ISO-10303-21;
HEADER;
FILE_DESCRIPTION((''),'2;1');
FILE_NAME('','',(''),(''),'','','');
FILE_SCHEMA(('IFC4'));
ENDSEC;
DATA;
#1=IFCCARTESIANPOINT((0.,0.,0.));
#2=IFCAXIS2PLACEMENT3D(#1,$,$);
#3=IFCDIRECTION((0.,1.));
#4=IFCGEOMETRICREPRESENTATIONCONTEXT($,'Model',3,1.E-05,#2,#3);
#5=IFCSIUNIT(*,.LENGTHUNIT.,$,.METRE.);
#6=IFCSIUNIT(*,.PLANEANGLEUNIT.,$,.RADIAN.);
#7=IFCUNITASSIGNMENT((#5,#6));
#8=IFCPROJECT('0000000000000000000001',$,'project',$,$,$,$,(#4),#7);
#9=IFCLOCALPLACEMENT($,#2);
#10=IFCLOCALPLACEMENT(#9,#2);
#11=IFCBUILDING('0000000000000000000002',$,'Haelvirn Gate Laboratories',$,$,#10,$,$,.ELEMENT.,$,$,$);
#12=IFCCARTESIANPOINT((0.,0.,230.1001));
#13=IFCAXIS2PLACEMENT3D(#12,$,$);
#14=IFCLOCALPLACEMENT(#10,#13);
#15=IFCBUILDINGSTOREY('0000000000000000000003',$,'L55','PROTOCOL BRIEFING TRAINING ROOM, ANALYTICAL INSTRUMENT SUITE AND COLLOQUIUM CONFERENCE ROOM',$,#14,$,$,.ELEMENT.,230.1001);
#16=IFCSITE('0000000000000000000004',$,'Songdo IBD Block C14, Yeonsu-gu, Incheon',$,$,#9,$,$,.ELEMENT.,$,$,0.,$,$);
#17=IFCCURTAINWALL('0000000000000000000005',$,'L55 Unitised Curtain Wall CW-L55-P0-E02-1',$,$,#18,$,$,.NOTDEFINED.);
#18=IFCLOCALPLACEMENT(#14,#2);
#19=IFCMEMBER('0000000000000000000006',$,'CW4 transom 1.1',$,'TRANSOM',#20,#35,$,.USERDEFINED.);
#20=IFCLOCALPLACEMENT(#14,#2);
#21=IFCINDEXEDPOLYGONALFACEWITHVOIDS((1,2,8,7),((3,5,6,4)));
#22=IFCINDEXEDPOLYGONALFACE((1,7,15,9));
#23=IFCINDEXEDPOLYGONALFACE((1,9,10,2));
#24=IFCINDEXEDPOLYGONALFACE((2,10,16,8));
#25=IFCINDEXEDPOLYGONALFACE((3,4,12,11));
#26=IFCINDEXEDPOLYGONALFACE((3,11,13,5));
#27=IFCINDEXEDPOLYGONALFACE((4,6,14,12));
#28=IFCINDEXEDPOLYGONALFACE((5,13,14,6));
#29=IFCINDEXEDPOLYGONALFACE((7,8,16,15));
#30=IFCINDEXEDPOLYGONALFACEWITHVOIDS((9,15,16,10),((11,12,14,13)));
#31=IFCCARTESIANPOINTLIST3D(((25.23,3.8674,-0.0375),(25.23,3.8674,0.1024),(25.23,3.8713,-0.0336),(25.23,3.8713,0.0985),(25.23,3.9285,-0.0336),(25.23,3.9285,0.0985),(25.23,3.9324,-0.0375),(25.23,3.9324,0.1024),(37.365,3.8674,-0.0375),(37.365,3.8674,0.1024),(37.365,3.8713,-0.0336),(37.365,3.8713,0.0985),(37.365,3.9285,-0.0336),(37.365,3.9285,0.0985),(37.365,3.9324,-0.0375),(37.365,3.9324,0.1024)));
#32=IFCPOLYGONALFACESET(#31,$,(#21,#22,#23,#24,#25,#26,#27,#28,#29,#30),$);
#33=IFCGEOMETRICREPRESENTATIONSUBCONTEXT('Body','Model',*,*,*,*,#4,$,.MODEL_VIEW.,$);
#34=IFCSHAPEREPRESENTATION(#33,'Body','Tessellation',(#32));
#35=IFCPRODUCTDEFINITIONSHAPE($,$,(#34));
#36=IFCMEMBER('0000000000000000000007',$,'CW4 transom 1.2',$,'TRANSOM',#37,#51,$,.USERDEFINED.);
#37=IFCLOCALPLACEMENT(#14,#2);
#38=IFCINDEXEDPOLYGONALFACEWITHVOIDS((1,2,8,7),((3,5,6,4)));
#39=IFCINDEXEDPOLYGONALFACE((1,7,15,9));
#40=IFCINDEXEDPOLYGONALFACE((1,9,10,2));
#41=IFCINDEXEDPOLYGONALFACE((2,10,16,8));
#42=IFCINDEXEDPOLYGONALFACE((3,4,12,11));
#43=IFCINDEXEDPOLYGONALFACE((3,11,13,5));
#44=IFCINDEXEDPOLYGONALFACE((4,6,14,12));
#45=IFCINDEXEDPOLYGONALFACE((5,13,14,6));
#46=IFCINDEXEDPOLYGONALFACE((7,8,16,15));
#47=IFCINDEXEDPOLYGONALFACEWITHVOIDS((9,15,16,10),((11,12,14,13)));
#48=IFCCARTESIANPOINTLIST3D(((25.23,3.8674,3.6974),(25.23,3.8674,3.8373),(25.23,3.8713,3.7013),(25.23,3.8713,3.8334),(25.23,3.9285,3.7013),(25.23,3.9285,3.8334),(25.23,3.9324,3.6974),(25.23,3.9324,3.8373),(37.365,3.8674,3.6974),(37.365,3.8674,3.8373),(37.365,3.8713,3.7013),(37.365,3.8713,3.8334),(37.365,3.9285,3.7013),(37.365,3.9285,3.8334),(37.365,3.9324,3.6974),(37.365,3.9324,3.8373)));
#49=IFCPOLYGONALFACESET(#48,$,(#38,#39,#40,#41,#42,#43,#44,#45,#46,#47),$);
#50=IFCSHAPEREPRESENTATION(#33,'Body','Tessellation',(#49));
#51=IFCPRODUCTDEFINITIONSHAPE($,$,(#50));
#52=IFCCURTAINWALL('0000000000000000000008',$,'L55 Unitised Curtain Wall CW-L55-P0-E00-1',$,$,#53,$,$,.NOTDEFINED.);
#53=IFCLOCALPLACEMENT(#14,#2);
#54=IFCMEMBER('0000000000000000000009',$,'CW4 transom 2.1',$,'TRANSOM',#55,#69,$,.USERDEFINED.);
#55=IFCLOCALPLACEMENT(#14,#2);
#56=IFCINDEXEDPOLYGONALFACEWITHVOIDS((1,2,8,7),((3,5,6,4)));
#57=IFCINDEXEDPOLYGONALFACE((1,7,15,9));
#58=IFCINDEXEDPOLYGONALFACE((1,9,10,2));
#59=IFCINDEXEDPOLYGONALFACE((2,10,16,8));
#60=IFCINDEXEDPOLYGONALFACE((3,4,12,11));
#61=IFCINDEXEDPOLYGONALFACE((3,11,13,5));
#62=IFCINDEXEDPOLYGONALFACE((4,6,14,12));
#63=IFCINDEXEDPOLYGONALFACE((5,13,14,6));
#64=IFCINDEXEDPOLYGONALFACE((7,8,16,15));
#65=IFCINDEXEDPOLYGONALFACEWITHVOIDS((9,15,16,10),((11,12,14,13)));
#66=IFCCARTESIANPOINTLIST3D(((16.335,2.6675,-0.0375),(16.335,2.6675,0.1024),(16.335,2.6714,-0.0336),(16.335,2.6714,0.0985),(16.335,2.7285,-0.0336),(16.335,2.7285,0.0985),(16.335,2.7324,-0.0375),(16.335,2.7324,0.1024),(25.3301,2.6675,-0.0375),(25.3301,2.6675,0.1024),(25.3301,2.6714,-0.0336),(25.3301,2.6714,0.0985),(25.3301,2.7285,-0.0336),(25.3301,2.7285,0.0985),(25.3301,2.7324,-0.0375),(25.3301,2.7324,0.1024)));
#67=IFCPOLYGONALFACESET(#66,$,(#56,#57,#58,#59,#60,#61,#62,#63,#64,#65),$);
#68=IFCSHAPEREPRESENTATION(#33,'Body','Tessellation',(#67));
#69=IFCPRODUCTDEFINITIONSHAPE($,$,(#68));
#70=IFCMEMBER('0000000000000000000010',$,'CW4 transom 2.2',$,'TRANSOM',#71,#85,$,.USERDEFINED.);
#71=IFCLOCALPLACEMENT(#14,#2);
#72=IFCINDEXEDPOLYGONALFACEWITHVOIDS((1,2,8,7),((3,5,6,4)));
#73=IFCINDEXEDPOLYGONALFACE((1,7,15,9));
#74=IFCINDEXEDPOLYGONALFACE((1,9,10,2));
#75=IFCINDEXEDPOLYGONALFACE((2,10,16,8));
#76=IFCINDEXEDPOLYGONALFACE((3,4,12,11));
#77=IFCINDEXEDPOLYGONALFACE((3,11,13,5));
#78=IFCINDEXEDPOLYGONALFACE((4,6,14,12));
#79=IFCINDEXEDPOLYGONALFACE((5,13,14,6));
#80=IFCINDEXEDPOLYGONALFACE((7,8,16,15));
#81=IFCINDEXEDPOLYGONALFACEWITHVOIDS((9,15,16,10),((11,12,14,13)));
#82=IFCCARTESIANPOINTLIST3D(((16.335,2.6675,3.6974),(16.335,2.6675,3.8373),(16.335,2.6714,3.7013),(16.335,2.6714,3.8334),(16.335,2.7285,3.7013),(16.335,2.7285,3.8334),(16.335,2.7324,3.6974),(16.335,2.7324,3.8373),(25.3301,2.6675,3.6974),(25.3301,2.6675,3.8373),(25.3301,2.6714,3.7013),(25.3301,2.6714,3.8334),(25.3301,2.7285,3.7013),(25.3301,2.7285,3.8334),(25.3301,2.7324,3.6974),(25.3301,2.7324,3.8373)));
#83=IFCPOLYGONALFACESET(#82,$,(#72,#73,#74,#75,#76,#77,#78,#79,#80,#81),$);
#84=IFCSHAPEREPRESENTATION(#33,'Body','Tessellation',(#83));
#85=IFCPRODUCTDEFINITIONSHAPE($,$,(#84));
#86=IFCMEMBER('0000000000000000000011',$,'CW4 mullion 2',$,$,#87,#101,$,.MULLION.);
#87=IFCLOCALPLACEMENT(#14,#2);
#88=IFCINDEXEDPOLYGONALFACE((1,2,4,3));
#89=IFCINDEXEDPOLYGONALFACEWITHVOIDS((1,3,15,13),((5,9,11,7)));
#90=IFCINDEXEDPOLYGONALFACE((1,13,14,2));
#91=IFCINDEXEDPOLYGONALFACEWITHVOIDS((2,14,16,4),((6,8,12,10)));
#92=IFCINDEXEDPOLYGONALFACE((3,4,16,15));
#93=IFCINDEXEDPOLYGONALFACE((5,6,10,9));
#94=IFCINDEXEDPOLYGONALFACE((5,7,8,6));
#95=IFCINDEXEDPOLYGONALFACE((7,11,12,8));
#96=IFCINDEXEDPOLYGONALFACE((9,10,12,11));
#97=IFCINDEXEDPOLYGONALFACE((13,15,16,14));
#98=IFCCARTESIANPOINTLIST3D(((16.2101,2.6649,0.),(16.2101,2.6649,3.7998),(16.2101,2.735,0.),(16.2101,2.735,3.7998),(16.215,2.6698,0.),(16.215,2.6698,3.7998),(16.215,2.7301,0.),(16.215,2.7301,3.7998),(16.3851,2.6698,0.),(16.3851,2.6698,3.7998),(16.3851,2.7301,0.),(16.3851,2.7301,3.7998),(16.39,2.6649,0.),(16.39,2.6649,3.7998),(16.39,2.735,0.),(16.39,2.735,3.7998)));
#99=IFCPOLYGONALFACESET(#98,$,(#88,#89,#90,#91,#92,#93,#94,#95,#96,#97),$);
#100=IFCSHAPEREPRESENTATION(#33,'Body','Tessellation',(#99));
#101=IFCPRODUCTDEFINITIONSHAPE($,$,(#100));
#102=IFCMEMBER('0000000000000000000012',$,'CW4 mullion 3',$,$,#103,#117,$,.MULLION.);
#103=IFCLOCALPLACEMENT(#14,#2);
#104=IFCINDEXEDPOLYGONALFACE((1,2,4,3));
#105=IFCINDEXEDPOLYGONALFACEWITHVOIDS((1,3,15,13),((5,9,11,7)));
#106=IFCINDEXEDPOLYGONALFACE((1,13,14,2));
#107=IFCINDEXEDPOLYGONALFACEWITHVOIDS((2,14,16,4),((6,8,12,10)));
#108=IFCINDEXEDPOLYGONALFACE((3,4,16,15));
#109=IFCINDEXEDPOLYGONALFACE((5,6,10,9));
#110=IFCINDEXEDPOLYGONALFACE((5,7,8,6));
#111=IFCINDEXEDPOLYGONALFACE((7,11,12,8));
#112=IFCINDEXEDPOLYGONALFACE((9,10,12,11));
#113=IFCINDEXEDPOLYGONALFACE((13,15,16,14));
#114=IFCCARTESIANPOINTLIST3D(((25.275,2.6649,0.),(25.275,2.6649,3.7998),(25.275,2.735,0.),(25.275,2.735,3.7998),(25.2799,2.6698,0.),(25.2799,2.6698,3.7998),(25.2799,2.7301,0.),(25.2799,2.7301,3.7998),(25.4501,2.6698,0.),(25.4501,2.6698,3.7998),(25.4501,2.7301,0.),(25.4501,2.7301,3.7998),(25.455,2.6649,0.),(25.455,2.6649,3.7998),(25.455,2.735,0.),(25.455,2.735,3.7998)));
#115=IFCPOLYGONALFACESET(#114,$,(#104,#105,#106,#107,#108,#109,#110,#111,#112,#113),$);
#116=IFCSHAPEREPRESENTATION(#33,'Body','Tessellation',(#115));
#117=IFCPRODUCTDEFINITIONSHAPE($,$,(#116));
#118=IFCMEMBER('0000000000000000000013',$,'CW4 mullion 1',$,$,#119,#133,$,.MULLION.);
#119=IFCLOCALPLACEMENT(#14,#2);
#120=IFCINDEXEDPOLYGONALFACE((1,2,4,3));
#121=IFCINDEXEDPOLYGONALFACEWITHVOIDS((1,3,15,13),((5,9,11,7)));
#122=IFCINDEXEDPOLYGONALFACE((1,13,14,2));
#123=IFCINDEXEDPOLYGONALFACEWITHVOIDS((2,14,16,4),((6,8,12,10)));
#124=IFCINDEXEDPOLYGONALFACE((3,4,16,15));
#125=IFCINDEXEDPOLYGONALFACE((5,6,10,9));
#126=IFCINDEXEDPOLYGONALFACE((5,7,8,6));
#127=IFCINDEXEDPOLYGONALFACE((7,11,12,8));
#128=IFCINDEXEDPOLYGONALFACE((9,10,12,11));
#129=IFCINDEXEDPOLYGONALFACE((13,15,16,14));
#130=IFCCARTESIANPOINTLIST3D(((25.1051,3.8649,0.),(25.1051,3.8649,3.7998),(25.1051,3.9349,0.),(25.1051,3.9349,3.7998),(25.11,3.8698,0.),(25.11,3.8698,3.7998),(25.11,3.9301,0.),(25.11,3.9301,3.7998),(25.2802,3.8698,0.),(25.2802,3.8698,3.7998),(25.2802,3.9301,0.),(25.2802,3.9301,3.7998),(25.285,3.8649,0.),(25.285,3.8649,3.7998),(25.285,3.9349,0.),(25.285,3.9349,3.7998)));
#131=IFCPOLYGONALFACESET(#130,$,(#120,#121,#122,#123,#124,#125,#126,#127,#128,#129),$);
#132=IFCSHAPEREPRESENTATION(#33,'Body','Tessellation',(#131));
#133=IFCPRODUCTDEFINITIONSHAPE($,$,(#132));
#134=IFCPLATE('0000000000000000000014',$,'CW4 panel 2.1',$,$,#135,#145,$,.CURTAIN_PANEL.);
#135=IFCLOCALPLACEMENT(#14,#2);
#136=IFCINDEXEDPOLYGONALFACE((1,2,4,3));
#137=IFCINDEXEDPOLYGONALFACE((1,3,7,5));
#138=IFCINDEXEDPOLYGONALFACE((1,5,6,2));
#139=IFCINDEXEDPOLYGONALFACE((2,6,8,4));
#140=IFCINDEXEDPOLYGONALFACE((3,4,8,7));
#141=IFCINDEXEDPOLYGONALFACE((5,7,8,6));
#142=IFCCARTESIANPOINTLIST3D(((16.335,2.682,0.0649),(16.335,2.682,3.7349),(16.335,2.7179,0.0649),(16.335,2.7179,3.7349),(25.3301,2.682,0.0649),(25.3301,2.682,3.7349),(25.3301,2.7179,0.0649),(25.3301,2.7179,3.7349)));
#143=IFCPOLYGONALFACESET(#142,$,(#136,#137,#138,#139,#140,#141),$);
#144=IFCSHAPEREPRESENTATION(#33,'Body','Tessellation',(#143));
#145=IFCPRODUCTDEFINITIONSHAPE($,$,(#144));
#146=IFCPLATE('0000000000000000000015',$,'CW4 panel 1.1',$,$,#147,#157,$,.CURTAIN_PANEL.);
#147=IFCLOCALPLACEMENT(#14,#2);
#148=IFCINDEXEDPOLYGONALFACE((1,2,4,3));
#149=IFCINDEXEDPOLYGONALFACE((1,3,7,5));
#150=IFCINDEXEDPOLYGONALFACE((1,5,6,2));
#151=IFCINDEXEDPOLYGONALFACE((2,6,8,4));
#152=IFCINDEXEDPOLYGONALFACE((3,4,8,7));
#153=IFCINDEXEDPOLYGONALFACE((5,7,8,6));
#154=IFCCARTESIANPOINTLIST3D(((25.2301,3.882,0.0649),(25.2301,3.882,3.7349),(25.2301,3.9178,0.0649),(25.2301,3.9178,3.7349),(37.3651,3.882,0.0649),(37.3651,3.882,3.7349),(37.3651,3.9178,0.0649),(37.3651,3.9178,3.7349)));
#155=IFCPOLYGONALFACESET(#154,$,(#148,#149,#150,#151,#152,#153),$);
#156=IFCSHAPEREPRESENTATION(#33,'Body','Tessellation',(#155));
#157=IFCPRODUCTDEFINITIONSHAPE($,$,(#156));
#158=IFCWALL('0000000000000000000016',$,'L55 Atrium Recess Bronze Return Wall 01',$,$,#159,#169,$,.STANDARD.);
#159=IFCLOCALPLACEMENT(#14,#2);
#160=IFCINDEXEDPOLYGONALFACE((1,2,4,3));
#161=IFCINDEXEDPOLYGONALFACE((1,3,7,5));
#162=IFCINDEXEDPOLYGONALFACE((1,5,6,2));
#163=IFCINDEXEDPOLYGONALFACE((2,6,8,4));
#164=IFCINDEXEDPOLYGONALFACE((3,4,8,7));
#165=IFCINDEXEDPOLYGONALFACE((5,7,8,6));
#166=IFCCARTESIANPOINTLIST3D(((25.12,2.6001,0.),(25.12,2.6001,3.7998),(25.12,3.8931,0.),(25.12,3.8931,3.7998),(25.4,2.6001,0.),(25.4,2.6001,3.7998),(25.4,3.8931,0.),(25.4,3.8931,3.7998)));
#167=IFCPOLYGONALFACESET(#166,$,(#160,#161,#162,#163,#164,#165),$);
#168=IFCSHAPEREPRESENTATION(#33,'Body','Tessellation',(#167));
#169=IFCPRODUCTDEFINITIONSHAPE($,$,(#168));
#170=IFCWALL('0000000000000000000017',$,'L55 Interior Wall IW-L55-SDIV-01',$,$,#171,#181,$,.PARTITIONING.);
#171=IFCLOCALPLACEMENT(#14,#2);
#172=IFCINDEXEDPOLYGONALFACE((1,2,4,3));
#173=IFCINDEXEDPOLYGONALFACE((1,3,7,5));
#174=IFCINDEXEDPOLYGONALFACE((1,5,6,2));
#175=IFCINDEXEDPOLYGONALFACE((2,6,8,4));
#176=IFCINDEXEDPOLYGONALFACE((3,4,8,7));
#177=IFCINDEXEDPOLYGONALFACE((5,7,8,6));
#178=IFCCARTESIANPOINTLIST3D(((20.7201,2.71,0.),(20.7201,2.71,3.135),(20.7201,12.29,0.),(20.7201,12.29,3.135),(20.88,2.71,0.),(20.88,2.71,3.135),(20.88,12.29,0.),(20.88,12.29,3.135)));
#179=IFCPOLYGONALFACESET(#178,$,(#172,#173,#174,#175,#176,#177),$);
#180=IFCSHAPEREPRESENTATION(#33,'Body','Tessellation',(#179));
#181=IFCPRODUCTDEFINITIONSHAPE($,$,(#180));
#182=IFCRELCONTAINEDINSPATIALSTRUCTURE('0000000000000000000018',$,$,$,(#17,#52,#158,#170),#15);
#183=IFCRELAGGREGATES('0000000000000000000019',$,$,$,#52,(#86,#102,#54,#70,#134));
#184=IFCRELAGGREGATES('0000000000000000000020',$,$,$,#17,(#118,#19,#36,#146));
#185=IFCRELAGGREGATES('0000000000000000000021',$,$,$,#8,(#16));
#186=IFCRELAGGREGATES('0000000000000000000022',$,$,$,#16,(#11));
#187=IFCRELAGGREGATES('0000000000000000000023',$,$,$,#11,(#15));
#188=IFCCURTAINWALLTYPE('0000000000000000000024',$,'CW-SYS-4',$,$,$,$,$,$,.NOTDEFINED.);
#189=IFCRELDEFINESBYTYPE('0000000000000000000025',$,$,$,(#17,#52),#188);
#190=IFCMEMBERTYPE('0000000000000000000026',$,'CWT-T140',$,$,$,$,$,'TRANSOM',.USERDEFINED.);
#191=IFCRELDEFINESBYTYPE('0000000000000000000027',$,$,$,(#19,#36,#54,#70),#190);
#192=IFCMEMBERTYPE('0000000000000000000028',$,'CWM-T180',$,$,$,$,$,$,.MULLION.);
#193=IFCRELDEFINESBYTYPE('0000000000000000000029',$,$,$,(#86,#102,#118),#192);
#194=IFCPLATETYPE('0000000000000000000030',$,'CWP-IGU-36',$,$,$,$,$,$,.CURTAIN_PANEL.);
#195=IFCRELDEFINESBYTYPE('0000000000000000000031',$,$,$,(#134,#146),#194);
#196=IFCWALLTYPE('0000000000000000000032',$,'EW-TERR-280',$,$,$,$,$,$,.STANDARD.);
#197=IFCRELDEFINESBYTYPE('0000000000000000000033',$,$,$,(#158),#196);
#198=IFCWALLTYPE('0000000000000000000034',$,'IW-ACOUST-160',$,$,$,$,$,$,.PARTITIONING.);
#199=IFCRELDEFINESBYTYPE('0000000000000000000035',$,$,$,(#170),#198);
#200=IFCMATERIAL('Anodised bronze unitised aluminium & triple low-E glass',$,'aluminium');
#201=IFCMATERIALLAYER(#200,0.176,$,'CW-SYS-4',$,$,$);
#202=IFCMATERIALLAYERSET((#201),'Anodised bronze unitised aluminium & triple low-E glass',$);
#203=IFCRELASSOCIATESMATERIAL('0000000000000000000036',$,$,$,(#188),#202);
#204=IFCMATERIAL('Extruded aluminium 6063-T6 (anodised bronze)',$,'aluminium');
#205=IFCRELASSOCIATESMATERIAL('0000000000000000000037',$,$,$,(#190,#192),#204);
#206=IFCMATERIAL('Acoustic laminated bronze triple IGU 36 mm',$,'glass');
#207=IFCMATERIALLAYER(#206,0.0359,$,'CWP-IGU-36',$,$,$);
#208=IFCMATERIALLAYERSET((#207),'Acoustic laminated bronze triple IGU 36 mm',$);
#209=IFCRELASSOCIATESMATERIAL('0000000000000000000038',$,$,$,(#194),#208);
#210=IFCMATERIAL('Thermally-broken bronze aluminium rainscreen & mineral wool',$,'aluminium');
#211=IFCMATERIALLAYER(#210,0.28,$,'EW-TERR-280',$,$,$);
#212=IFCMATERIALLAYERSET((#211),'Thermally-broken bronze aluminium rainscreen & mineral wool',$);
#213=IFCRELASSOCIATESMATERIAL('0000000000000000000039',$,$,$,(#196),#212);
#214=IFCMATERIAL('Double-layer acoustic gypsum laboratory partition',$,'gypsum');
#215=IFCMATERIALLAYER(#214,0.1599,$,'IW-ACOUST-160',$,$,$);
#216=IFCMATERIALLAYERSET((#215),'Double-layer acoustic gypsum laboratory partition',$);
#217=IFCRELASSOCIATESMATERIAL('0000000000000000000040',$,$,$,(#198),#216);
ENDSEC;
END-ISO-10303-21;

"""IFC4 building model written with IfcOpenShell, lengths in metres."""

from ifc_helpers import new_model, si_unit, direction, frame, frame_2d, origin, origin_2d, place, context, subcontext, project, spatial, rectangle, hollow_rectangle, extrude, source, transform, mapped, material, layer, layer_set, material_profile, profile_set, type_object, type_shapes, element, aggregate, save


model = new_model("IFC4")

# Units and contexts
model_context = context("Model", 3, precision=1e-05, world=origin(), true_north=direction((0.0, 1.0)))
body_context = subcontext(model_context, "Body", "Model", "MODEL_VIEW")
ifc_project = project(units=[si_unit("LENGTHUNIT", "METRE"), si_unit("PLANEANGLEUNIT", "RADIAN")], contexts=[model_context])

# Site, building, storey
site_placement = place(None, origin())
site = spatial("IfcSite", under=ifc_project, at=site_placement, Name="Songdo IBD Block C14, Yeonsu-gu, Incheon", CompositionType="ELEMENT", RefElevation=0.0)
building_placement = place(site_placement, origin())
building = spatial("IfcBuilding", under=site, at=building_placement, Name="Haelvirn Gate Laboratories", CompositionType="ELEMENT")
storey_placement = place(building_placement, frame((0.0, 0.0, 230.1001)))
storey = spatial("IfcBuildingStorey", under=building, at=storey_placement, Name="L55", Description="PROTOCOL BRIEFING TRAINING ROOM, ANALYTICAL INSTRUMENT SUITE AND COLLOQUIUM CONFERENCE ROOM", CompositionType="ELEMENT", Elevation=230.1001)

# Curtain walls, members
ifc_material_1 = material(Name="Anodised bronze unitised aluminium & triple low-E glass", Category="aluminium")
ifc_layer_1 = layer(ifc_material_1, 0.176, Name="CW-SYS-4")
ifc_layer_set_1 = layer_set([ifc_layer_1], Name="Anodised bronze unitised aluminium & triple low-E glass")
curtain_wall_type = type_object("IfcCurtainWallType", Name="CW-SYS-4", PredefinedType="NOTDEFINED", material=ifc_layer_set_1)
curtain_wall_1_placement = place(storey_placement, origin())
curtain_wall_1 = element("IfcCurtainWall", 1, at=curtain_wall_1_placement, inside=storey, type_object=curtain_wall_type, Name="L55 Unitised Curtain Wall CW-L55-P0-E02-1", PredefinedType="NOTDEFINED")
ifc_material_2 = material(Name="Extruded aluminium 6063-T6 (anodised bronze)", Category="aluminium")
ifc_material_profile_1 = material_profile(ifc_material_2, hollow_rectangle(XDim=0.0649, YDim=0.1399, WallThickness=0.0039, at=origin_2d()), Name="CWT-140x65x4")
ifc_profile_set_1 = profile_set([ifc_material_profile_1], Name="Extruded aluminium 6063-T6 (anodised bronze)")
member_type_1 = type_object("IfcMemberType", Name="CWT-T140", ElementType="TRANSOM", PredefinedType="USERDEFINED", material=ifc_profile_set_1)
shared_shape_1 = source(origin(), body_context, "Body", "SweptSolid", [
    extrude(hollow_rectangle(XDim=0.0649, YDim=0.1399, WallThickness=0.0039, at=origin_2d()), origin(), (0.0, 0.0, 1.0), 12.135),
])
member_1_placement = place(storey_placement, frame((25.23, 3.8999, 0.0325), z_axis=(1.0, 0.0, 0.0), x_axis=(0.0, 1.0, 0.0)))
member_1 = element("IfcMember", 2, at=member_1_placement, type_object=member_type_1, Name="CW4 transom 1.1", ObjectType="TRANSOM", PredefinedType="USERDEFINED", context=body_context, shape_type="MappedRepresentation", body=[
    mapped(shared_shape_1, transform((0.0, 0.0, 0.0), scale=1.0)),
])
member_2_placement = place(storey_placement, frame((25.23, 3.8999, 3.7673), z_axis=(1.0, 0.0, 0.0), x_axis=(0.0, 1.0, 0.0)))
member_2 = element("IfcMember", 3, at=member_2_placement, type_object=member_type_1, Name="CW4 transom 1.2", ObjectType="TRANSOM", PredefinedType="USERDEFINED", context=body_context, shape_type="MappedRepresentation", body=[
    mapped(shared_shape_1, transform((0.0, 0.0, 0.0), scale=1.0)),
])
curtain_wall_2_placement = place(storey_placement, origin())
curtain_wall_2 = element("IfcCurtainWall", 4, at=curtain_wall_2_placement, inside=storey, type_object=curtain_wall_type, Name="L55 Unitised Curtain Wall CW-L55-P0-E00-1", PredefinedType="NOTDEFINED")
shared_shape_2 = source(origin(), body_context, "Body", "SweptSolid", [
    extrude(hollow_rectangle(XDim=0.0649, YDim=0.1399, WallThickness=0.0039, at=origin_2d()), origin(), (0.0, 0.0, 1.0), 8.9951),
])
type_shapes(member_type_1, [shared_shape_1, shared_shape_2])
member_3_placement = place(storey_placement, frame((16.335, 2.7, 0.0325), z_axis=(1.0, 0.0, 0.0), x_axis=(0.0, 1.0, 0.0)))
member_3 = element("IfcMember", 5, at=member_3_placement, type_object=member_type_1, Name="CW4 transom 2.1", ObjectType="TRANSOM", PredefinedType="USERDEFINED", context=body_context, shape_type="MappedRepresentation", body=[
    mapped(shared_shape_2, transform((0.0, 0.0, 0.0), scale=1.0)),
])
member_4_placement = place(storey_placement, frame((16.335, 2.7, 3.7673), z_axis=(1.0, 0.0, 0.0), x_axis=(0.0, 1.0, 0.0)))
member_4 = element("IfcMember", 6, at=member_4_placement, type_object=member_type_1, Name="CW4 transom 2.2", ObjectType="TRANSOM", PredefinedType="USERDEFINED", context=body_context, shape_type="MappedRepresentation", body=[
    mapped(shared_shape_2, transform((0.0, 0.0, 0.0), scale=1.0)),
])
ifc_material_profile_2 = material_profile(ifc_material_2, hollow_rectangle(XDim=0.0701, YDim=0.1799, WallThickness=0.0049, at=origin_2d()), Name="CWM-180x70x5")
ifc_profile_set_2 = profile_set([ifc_material_profile_2], Name="Extruded aluminium 6063-T6 (anodised bronze)")
member_type_2 = type_object("IfcMemberType", Name="CWM-T180", PredefinedType="MULLION", material=ifc_profile_set_2)
shared_shape_3 = source(origin(), body_context, "Body", "SweptSolid", [
    extrude(hollow_rectangle(XDim=0.0701, YDim=0.1799, WallThickness=0.0049, at=origin_2d()), origin(), (0.0, 0.0, 1.0), 3.7998),
])
type_shapes(member_type_2, [shared_shape_3])
member_5_placement = place(storey_placement, frame((16.3, 2.7, 0.0), z_axis=(0.0, 0.0, 1.0), x_axis=(0.0, 1.0, 0.0)))
member_5 = element("IfcMember", 7, at=member_5_placement, type_object=member_type_2, Name="CW4 mullion 2", PredefinedType="MULLION", context=body_context, shape_type="MappedRepresentation", body=[
    mapped(shared_shape_3, transform((0.0, 0.0, 0.0), scale=1.0)),
])
member_6_placement = place(storey_placement, frame((25.365, 2.7, 0.0), z_axis=(0.0, 0.0, 1.0), x_axis=(0.0, 1.0, 0.0)))
member_6 = element("IfcMember", 8, at=member_6_placement, type_object=member_type_2, Name="CW4 mullion 3", PredefinedType="MULLION", context=body_context, shape_type="MappedRepresentation", body=[
    mapped(shared_shape_3, transform((0.0, 0.0, 0.0), scale=1.0)),
])

# Member
member_7_placement = place(storey_placement, frame((25.1951, 3.8999, 0.0), z_axis=(0.0, 0.0, 1.0), x_axis=(0.0, 1.0, 0.0)))
member_7 = element("IfcMember", 9, at=member_7_placement, type_object=member_type_2, Name="CW4 mullion 1", PredefinedType="MULLION", context=body_context, shape_type="MappedRepresentation", body=[
    mapped(shared_shape_3, transform((0.0, 0.0, 0.0), scale=1.0)),
])

# Plates
ifc_material_3 = material(Name="Acoustic laminated bronze triple IGU 36 mm", Category="glass")
ifc_layer_2 = layer(ifc_material_3, 0.0359, Name="CWP-IGU-36")
ifc_layer_set_2 = layer_set([ifc_layer_2], Name="Acoustic laminated bronze triple IGU 36 mm")
plate_type = type_object("IfcPlateType", Name="CWP-IGU-36", PredefinedType="CURTAIN_PANEL", material=ifc_layer_set_2)
shared_shape_4 = source(origin(), body_context, "Body", "SweptSolid", [
    extrude(rectangle(XDim=8.9951, YDim=0.0359, at=origin_2d()), origin(), (0.0, 0.0, 1.0), 3.6699),
])
plate_1_placement = place(storey_placement, frame((20.8325, 2.7, 0.0649), z_axis=(0.0, 0.0, 1.0), x_axis=(1.0, 0.0, 0.0)))
plate_1 = element("IfcPlate", 10, at=plate_1_placement, type_object=plate_type, Name="CW4 panel 2.1", PredefinedType="CURTAIN_PANEL", context=body_context, shape_type="MappedRepresentation", body=[
    mapped(shared_shape_4, transform((0.0, 0.0, 0.0), scale=1.0)),
])
aggregate(curtain_wall_2, [member_5, member_6, member_3, member_4, plate_1])
shared_shape_5 = source(origin(), body_context, "Body", "SweptSolid", [
    extrude(rectangle(XDim=12.135, YDim=0.0359, at=origin_2d()), origin(), (0.0, 0.0, 1.0), 3.6699),
])
type_shapes(plate_type, [shared_shape_4, shared_shape_5])
plate_2_placement = place(storey_placement, frame((31.2976, 3.8999, 0.0649), z_axis=(0.0, 0.0, 1.0), x_axis=(1.0, 0.0, 0.0)))
plate_2 = element("IfcPlate", 11, at=plate_2_placement, type_object=plate_type, Name="CW4 panel 1.1", PredefinedType="CURTAIN_PANEL", context=body_context, shape_type="MappedRepresentation", body=[
    mapped(shared_shape_5, transform((0.0, 0.0, 0.0), scale=1.0)),
])
aggregate(curtain_wall_1, [member_7, member_1, member_2, plate_2])

# Walls
ifc_material_4 = material(Name="Thermally-broken bronze aluminium rainscreen & mineral wool", Category="aluminium")
ifc_layer_3 = layer(ifc_material_4, 0.28, Name="EW-TERR-280")
ifc_layer_set_3 = layer_set([ifc_layer_3], Name="Thermally-broken bronze aluminium rainscreen & mineral wool")
wall_type_1 = type_object("IfcWallType", Name="EW-TERR-280", PredefinedType="STANDARD", material=ifc_layer_set_3)
wall_1_placement = place(storey_placement, frame((25.26, 2.6001, 0.0), z_axis=(0.0, 0.0, 1.0), x_axis=(0.0, 1.0, 0.0)))
element("IfcWall", 12, at=wall_1_placement, inside=storey, type_object=wall_type_1, Name="L55 Atrium Recess Bronze Return Wall 01", PredefinedType="STANDARD", context=body_context, shape_type="SweptSolid", body=[
    extrude(rectangle(XDim=1.293, YDim=0.28, at=frame_2d((0.6465, 0.0))), origin(), (0.0, 0.0, 1.0), 3.7998),
])
ifc_material_5 = material(Name="Double-layer acoustic gypsum laboratory partition", Category="gypsum")
ifc_layer_4 = layer(ifc_material_5, 0.1599, Name="IW-ACOUST-160")
ifc_layer_set_4 = layer_set([ifc_layer_4], Name="Double-layer acoustic gypsum laboratory partition")
wall_type_2 = type_object("IfcWallType", Name="IW-ACOUST-160", PredefinedType="PARTITIONING", material=ifc_layer_set_4)
wall_2_placement = place(storey_placement, frame((20.8, 2.71, 0.0), z_axis=(0.0, 0.0, 1.0), x_axis=(0.0, 1.0, 0.0)))
element("IfcWall", 13, at=wall_2_placement, inside=storey, type_object=wall_type_2, Name="L55 Interior Wall IW-L55-SDIV-01", PredefinedType="PARTITIONING", context=body_context, shape_type="SweptSolid", body=[
    extrude(rectangle(XDim=9.5801, YDim=0.1599, at=frame_2d((4.79, 0.0))), origin(), (0.0, 0.0, 1.0), 3.135),
])

save(model, "model.ifc")
